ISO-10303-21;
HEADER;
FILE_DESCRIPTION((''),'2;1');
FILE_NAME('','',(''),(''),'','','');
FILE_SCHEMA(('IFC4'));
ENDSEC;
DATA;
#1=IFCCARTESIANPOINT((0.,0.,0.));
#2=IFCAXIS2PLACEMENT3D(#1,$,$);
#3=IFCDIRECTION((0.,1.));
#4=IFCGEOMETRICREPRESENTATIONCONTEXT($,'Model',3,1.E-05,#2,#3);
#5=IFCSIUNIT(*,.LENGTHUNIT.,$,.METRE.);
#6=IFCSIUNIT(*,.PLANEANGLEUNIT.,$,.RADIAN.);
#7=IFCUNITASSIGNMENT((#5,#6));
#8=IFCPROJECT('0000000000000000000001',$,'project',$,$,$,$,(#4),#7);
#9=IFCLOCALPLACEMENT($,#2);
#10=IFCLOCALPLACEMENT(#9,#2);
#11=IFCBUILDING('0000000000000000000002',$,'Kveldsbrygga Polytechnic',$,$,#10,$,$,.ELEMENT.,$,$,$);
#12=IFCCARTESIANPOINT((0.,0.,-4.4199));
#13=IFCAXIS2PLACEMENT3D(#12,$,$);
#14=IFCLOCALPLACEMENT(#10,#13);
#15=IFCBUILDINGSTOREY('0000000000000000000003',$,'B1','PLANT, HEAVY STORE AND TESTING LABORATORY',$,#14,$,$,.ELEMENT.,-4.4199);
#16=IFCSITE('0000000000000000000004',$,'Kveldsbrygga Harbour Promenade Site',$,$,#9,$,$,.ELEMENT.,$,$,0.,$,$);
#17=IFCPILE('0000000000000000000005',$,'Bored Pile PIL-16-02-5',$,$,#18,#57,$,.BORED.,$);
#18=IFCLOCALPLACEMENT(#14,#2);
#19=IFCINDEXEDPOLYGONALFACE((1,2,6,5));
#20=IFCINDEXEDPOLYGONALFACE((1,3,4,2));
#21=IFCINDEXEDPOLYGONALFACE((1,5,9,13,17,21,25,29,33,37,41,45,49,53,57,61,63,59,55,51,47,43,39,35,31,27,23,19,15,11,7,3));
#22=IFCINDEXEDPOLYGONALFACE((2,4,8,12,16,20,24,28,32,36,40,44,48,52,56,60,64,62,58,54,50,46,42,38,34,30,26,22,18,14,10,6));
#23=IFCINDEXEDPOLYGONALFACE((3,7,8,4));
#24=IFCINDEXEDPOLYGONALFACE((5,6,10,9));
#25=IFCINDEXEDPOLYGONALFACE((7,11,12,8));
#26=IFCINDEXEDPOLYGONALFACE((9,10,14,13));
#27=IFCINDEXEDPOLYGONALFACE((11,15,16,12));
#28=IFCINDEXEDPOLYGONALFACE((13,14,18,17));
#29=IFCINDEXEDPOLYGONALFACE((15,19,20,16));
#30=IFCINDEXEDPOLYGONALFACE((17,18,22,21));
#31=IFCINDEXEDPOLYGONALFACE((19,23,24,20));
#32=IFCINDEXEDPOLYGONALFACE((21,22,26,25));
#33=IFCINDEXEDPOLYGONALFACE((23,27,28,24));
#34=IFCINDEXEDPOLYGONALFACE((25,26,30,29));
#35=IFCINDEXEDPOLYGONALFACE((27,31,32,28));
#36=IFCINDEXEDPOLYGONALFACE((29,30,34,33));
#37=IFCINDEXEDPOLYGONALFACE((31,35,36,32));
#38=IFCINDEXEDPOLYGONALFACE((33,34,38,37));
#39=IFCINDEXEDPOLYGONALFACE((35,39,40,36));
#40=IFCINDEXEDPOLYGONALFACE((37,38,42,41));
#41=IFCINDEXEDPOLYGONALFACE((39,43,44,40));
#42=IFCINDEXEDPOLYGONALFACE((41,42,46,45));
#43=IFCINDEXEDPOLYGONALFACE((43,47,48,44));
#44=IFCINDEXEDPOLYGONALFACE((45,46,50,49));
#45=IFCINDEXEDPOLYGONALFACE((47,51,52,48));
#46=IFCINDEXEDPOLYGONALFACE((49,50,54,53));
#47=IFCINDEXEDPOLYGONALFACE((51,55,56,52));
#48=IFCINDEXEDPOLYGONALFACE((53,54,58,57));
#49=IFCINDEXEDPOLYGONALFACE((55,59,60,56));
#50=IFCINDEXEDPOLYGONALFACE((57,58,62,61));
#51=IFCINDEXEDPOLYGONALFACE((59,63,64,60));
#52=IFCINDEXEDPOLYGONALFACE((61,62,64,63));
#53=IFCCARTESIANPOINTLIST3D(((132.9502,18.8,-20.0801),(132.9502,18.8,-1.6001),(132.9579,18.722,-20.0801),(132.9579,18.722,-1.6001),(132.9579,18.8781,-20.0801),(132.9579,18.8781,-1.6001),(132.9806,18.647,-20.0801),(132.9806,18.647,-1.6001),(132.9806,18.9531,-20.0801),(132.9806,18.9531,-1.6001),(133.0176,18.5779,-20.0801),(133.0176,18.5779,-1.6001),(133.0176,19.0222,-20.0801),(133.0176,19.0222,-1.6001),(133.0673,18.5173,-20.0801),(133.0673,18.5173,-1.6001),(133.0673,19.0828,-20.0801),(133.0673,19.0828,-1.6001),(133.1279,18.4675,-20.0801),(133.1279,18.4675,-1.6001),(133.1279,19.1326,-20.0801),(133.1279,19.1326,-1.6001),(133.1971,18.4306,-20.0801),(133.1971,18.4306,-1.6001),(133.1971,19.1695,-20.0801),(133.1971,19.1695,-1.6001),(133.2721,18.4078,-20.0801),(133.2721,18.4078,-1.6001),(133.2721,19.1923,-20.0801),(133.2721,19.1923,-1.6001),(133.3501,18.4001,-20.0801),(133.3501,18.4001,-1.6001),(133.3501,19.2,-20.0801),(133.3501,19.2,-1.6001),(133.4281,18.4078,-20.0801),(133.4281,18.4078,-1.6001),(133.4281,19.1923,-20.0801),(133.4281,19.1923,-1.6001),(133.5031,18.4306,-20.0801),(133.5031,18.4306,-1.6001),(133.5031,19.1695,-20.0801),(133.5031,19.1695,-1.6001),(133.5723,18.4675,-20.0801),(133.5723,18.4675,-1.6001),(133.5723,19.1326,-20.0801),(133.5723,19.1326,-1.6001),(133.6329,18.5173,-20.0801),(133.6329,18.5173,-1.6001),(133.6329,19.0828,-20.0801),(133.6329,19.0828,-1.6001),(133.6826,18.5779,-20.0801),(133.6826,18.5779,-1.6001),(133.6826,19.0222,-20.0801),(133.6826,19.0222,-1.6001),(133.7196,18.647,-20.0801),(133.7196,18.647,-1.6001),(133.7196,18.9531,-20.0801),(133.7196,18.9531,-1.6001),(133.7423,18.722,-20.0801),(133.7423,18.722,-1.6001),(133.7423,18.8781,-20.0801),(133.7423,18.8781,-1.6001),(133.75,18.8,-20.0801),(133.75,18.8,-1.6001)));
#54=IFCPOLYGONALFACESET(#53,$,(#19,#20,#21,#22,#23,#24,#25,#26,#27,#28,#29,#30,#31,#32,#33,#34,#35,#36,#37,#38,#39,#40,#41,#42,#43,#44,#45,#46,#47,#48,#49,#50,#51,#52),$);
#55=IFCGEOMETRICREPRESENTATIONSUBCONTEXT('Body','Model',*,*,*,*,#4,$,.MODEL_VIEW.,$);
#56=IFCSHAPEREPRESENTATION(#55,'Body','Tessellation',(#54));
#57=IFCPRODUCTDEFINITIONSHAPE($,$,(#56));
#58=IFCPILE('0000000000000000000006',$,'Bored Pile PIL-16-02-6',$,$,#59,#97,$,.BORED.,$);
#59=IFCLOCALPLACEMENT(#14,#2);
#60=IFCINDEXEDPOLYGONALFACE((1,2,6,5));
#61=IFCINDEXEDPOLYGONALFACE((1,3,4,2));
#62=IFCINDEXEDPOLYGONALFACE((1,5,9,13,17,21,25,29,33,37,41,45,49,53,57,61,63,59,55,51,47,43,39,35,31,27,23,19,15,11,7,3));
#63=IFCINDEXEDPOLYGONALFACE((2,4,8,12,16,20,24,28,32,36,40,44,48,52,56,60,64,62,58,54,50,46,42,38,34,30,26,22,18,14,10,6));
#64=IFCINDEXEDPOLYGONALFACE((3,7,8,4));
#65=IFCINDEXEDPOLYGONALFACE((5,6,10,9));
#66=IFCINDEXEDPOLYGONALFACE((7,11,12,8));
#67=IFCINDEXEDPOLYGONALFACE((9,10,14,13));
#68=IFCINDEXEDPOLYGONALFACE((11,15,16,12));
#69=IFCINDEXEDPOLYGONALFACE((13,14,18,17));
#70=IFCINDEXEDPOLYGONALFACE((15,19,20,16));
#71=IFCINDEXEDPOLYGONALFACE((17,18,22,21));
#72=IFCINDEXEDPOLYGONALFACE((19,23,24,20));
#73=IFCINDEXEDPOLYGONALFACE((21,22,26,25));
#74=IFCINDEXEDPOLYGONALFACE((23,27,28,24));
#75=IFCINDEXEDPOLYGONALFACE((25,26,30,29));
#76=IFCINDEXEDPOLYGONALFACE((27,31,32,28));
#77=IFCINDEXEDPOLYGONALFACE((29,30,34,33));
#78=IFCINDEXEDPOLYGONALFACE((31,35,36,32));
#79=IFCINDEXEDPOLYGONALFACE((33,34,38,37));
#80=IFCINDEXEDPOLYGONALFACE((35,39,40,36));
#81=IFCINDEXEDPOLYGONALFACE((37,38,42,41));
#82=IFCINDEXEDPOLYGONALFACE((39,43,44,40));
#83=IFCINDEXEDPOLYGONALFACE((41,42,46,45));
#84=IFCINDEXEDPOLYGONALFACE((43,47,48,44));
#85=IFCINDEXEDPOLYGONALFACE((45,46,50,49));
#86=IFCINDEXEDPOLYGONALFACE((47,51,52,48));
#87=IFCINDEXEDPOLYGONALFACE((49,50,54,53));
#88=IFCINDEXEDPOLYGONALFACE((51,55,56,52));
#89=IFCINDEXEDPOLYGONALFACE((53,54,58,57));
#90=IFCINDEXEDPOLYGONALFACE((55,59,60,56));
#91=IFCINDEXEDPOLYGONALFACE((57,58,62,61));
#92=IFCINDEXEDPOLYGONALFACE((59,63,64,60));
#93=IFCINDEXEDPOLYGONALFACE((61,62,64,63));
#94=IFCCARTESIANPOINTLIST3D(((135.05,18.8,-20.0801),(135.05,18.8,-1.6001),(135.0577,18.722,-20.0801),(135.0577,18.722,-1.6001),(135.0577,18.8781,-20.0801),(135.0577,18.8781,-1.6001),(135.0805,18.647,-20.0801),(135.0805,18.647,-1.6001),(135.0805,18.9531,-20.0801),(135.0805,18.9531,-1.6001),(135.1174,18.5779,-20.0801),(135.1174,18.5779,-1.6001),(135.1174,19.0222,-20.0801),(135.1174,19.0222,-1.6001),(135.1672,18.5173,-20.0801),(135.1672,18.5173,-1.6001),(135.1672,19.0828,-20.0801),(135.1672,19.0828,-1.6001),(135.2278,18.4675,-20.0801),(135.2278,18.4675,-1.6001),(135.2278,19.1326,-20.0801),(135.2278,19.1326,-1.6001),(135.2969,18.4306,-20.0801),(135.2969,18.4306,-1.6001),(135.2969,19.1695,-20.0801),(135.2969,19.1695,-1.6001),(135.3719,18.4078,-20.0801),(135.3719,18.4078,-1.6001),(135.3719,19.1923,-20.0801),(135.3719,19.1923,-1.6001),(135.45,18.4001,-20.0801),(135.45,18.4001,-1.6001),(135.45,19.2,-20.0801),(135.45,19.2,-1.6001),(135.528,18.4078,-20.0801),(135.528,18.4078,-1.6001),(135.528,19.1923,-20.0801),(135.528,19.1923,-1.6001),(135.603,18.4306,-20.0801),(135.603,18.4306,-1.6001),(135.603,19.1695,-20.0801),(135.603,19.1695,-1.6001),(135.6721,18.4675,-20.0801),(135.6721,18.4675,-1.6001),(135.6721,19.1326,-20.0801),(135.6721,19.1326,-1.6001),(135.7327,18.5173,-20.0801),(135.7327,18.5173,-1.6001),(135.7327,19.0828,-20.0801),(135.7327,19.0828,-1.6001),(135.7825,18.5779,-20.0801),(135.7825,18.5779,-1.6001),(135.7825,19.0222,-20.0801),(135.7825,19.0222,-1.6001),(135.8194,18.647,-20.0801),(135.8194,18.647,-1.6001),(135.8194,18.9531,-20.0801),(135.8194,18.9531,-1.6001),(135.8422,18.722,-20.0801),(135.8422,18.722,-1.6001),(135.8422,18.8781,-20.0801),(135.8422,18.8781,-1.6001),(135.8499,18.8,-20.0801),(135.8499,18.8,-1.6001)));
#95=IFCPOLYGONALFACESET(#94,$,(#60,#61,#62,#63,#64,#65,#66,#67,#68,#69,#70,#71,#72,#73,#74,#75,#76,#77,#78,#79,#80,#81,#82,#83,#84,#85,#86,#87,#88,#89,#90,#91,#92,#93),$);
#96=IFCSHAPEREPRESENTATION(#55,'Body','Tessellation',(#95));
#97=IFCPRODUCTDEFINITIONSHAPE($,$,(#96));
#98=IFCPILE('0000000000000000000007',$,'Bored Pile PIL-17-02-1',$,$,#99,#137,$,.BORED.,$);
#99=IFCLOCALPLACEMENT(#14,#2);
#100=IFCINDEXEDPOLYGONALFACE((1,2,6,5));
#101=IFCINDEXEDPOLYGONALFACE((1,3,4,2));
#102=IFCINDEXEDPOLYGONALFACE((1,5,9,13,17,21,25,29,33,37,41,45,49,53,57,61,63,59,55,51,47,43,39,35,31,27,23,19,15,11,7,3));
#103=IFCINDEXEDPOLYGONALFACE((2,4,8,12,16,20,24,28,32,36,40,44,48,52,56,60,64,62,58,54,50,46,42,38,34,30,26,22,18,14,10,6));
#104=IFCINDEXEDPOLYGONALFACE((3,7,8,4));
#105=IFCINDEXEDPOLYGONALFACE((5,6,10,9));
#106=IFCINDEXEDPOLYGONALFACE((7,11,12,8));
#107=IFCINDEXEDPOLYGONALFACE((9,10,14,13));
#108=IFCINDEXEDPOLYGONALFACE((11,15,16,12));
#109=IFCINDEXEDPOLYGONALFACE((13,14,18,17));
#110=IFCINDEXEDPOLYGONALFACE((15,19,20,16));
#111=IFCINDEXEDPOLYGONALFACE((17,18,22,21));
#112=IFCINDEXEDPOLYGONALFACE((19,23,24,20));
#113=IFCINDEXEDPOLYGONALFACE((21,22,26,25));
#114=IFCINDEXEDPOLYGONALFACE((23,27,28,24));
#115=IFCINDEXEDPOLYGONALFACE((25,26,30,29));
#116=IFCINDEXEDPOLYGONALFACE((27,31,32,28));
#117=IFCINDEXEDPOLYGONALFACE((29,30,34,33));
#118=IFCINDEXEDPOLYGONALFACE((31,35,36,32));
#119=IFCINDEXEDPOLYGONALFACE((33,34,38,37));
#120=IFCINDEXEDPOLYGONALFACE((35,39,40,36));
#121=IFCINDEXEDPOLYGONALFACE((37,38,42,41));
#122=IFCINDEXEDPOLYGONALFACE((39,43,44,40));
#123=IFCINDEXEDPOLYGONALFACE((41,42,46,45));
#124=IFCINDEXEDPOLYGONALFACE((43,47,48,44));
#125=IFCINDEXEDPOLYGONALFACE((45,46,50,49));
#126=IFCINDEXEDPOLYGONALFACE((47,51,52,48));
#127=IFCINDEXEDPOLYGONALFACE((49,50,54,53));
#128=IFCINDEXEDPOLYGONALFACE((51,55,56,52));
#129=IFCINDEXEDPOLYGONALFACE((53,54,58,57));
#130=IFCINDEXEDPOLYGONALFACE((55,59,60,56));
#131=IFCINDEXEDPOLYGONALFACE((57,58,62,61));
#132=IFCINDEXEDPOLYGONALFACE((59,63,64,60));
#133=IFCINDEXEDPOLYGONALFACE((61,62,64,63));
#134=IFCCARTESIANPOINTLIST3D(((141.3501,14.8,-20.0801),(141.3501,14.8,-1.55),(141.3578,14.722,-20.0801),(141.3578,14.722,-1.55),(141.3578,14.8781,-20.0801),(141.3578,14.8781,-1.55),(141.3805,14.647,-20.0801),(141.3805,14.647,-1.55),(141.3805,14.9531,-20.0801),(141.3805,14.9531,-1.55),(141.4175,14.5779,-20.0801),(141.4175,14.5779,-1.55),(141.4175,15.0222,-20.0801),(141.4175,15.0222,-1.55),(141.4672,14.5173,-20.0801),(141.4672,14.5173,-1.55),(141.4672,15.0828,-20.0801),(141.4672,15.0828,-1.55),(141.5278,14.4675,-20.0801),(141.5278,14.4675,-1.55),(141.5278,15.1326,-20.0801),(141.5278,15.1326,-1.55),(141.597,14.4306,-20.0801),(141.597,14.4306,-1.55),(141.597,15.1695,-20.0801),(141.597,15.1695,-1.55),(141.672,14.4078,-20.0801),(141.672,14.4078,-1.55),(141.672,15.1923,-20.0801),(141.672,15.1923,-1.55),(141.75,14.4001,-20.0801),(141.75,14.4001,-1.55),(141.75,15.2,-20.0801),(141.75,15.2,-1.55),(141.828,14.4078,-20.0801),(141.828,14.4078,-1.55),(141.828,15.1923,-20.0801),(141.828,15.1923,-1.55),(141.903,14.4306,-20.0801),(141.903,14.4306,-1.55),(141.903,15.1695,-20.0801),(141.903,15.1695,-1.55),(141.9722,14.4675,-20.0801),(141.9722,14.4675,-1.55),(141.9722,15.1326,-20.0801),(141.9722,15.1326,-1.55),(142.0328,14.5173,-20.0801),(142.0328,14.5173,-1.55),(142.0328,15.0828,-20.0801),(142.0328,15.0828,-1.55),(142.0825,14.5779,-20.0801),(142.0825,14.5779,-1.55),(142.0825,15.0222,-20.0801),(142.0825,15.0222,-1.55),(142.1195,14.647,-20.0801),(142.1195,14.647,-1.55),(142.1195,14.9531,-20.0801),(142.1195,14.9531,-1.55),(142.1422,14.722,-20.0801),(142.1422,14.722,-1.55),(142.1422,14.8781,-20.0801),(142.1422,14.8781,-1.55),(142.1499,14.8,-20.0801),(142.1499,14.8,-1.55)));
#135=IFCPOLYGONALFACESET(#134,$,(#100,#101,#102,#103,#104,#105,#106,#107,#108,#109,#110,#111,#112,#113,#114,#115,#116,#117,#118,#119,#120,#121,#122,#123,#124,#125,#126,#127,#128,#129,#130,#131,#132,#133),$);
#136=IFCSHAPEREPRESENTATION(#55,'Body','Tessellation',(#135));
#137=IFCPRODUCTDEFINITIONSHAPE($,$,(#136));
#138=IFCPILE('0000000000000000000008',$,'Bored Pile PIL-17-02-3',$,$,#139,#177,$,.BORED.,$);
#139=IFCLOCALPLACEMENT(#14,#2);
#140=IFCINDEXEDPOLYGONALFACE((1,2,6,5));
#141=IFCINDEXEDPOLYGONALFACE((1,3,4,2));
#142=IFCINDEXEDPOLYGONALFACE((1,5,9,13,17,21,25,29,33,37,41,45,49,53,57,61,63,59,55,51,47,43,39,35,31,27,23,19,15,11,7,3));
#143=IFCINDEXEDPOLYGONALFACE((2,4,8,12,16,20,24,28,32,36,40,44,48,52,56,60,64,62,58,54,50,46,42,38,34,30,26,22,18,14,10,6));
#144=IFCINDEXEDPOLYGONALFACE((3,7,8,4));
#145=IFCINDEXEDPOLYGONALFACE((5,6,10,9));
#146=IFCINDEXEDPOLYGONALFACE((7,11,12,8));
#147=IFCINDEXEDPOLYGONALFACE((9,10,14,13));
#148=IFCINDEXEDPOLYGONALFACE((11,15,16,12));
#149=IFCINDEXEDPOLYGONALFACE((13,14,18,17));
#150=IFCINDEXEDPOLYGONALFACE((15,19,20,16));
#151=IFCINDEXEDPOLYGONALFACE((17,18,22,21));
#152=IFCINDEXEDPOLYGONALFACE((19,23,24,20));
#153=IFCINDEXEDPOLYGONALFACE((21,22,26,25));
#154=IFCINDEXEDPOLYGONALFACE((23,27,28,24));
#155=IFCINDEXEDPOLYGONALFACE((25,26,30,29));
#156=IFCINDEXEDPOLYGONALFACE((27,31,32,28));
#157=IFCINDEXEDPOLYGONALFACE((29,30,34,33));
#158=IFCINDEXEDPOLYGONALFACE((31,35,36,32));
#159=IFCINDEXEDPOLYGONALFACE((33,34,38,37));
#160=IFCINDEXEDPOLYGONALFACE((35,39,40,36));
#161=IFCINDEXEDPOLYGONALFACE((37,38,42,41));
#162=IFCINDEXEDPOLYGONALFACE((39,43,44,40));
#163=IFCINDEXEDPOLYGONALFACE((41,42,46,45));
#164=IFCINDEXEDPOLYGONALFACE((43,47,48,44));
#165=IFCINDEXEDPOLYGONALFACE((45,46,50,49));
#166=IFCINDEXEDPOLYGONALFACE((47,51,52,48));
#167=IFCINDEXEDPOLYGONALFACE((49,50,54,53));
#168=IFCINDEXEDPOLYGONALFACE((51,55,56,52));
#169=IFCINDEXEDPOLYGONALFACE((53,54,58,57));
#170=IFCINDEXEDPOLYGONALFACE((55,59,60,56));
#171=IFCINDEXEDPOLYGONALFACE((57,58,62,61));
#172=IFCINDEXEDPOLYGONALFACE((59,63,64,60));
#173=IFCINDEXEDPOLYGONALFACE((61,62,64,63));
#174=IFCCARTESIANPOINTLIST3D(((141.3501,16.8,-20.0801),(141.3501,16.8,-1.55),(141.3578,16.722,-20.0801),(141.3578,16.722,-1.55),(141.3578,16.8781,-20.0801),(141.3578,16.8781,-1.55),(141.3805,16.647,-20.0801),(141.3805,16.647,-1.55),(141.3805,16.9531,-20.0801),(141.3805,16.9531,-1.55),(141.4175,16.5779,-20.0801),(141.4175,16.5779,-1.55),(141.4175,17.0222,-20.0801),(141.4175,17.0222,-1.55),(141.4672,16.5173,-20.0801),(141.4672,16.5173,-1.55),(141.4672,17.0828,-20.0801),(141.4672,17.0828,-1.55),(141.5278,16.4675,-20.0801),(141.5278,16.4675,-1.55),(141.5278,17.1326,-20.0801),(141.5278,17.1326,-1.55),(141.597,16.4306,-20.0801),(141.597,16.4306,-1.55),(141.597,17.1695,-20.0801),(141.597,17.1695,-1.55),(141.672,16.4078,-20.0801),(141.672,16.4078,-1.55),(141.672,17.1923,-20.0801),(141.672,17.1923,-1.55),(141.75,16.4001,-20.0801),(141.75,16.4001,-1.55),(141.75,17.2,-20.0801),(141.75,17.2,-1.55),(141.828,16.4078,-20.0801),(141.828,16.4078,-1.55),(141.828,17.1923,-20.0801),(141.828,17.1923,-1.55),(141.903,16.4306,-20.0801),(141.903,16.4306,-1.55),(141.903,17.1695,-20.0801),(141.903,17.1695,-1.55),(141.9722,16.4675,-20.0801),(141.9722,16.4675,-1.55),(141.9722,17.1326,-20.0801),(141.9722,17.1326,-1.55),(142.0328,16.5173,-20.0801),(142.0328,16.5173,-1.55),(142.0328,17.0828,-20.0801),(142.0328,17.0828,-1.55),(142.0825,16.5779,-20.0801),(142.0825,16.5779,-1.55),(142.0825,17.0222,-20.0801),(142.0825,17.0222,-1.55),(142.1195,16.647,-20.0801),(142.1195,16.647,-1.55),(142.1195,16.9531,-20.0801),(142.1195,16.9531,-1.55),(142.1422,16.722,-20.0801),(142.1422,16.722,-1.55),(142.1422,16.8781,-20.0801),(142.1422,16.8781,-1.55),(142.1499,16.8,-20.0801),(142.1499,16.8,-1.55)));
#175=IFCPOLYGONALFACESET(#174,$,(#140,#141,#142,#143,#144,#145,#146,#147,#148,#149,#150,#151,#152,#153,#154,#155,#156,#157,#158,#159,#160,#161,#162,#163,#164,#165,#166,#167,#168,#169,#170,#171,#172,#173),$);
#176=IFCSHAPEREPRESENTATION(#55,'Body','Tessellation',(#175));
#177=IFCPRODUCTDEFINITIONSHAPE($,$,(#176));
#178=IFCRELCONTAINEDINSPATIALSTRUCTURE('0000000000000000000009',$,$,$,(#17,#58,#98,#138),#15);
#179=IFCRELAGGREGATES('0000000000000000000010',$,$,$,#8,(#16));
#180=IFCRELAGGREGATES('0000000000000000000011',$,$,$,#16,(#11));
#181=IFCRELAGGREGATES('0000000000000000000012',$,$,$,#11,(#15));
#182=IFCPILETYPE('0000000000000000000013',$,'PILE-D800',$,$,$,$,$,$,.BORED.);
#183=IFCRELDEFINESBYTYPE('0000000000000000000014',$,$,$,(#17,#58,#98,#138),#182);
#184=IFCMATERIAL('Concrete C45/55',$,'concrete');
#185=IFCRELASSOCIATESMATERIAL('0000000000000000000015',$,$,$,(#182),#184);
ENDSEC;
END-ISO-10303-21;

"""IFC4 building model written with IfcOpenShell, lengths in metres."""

from ifc_helpers import new_model, si_unit, direction, frame, origin, origin_2d, place, context, subcontext, project, spatial, circle, extrude, material, material_profile, profile_set, type_object, element, save


model = new_model("IFC4")

# Units and contexts
model_context = context("Model", 3, precision=1e-05, world=origin(), true_north=direction((0.0, 1.0)))
body_context = subcontext(model_context, "Body", "Model", "MODEL_VIEW")
ifc_project = project(units=[si_unit("LENGTHUNIT", "METRE"), si_unit("PLANEANGLEUNIT", "RADIAN")], contexts=[model_context])

# Site, building, storey
site_placement = place(None, origin())
site = spatial("IfcSite", under=ifc_project, at=site_placement, Name="Kveldsbrygga Harbour Promenade Site", CompositionType="ELEMENT", RefElevation=0.0)
building_placement = place(site_placement, origin())
building = spatial("IfcBuilding", under=site, at=building_placement, Name="Kveldsbrygga Polytechnic", CompositionType="ELEMENT")
storey_placement = place(building_placement, frame((0.0, 0.0, -4.4199)))
storey = spatial("IfcBuildingStorey", under=building, at=storey_placement, Name="B1", Description="PLANT, HEAVY STORE AND TESTING LABORATORY", CompositionType="ELEMENT", Elevation=-4.4199)

# Shared definitions
ifc_material_1 = material(Name="Concrete C45/55", Category="concrete")

# Piles
ifc_material_profile_1 = material_profile(ifc_material_1, circle(Radius=0.3999, at=origin_2d()), Name="PILE D800")
ifc_profile_set_1 = profile_set([ifc_material_profile_1], Name="Concrete C45/55")
pile_type = type_object("IfcPileType", Name="PILE-D800", PredefinedType="BORED", material=ifc_profile_set_1)
for number, where, z_axis, x_axis, name in (
    (1, (133.3501, 18.8, -1.6001), (0.0, 0.0, -1.0), (1.0, 0.0, 0.0), "Bored Pile PIL-16-02-5"),
    (2, (135.45, 18.8, -1.6001), (0.0, 0.0, -1.0), (1.0, 0.0, 0.0), "Bored Pile PIL-16-02-6"),
):
    element("IfcPile", number, at=place(storey_placement, frame(where, z_axis=z_axis, x_axis=x_axis)), inside=storey, type_object=pile_type, Name=name, PredefinedType="BORED", context=body_context, shape_type="SweptSolid", body=[
        extrude(circle(Radius=0.3999, at=origin_2d()), origin(), (0.0, 0.0, 1.0), 18.48),
    ])
for number, where, z_axis, x_axis, name in (
    (3, (141.75, 14.8, -1.55), (0.0, 0.0, -1.0), (1.0, 0.0, 0.0), "Bored Pile PIL-17-02-1"),
    (4, (141.75, 16.8, -1.55), (0.0, 0.0, -1.0), (1.0, 0.0, 0.0), "Bored Pile PIL-17-02-3"),
):
    element("IfcPile", number, at=place(storey_placement, frame(where, z_axis=z_axis, x_axis=x_axis)), inside=storey, type_object=pile_type, Name=name, PredefinedType="BORED", context=body_context, shape_type="SweptSolid", body=[
        extrude(circle(Radius=0.3999, at=origin_2d()), origin(), (0.0, 0.0, 1.0), 18.53),
    ])

save(model, "model.ifc")
